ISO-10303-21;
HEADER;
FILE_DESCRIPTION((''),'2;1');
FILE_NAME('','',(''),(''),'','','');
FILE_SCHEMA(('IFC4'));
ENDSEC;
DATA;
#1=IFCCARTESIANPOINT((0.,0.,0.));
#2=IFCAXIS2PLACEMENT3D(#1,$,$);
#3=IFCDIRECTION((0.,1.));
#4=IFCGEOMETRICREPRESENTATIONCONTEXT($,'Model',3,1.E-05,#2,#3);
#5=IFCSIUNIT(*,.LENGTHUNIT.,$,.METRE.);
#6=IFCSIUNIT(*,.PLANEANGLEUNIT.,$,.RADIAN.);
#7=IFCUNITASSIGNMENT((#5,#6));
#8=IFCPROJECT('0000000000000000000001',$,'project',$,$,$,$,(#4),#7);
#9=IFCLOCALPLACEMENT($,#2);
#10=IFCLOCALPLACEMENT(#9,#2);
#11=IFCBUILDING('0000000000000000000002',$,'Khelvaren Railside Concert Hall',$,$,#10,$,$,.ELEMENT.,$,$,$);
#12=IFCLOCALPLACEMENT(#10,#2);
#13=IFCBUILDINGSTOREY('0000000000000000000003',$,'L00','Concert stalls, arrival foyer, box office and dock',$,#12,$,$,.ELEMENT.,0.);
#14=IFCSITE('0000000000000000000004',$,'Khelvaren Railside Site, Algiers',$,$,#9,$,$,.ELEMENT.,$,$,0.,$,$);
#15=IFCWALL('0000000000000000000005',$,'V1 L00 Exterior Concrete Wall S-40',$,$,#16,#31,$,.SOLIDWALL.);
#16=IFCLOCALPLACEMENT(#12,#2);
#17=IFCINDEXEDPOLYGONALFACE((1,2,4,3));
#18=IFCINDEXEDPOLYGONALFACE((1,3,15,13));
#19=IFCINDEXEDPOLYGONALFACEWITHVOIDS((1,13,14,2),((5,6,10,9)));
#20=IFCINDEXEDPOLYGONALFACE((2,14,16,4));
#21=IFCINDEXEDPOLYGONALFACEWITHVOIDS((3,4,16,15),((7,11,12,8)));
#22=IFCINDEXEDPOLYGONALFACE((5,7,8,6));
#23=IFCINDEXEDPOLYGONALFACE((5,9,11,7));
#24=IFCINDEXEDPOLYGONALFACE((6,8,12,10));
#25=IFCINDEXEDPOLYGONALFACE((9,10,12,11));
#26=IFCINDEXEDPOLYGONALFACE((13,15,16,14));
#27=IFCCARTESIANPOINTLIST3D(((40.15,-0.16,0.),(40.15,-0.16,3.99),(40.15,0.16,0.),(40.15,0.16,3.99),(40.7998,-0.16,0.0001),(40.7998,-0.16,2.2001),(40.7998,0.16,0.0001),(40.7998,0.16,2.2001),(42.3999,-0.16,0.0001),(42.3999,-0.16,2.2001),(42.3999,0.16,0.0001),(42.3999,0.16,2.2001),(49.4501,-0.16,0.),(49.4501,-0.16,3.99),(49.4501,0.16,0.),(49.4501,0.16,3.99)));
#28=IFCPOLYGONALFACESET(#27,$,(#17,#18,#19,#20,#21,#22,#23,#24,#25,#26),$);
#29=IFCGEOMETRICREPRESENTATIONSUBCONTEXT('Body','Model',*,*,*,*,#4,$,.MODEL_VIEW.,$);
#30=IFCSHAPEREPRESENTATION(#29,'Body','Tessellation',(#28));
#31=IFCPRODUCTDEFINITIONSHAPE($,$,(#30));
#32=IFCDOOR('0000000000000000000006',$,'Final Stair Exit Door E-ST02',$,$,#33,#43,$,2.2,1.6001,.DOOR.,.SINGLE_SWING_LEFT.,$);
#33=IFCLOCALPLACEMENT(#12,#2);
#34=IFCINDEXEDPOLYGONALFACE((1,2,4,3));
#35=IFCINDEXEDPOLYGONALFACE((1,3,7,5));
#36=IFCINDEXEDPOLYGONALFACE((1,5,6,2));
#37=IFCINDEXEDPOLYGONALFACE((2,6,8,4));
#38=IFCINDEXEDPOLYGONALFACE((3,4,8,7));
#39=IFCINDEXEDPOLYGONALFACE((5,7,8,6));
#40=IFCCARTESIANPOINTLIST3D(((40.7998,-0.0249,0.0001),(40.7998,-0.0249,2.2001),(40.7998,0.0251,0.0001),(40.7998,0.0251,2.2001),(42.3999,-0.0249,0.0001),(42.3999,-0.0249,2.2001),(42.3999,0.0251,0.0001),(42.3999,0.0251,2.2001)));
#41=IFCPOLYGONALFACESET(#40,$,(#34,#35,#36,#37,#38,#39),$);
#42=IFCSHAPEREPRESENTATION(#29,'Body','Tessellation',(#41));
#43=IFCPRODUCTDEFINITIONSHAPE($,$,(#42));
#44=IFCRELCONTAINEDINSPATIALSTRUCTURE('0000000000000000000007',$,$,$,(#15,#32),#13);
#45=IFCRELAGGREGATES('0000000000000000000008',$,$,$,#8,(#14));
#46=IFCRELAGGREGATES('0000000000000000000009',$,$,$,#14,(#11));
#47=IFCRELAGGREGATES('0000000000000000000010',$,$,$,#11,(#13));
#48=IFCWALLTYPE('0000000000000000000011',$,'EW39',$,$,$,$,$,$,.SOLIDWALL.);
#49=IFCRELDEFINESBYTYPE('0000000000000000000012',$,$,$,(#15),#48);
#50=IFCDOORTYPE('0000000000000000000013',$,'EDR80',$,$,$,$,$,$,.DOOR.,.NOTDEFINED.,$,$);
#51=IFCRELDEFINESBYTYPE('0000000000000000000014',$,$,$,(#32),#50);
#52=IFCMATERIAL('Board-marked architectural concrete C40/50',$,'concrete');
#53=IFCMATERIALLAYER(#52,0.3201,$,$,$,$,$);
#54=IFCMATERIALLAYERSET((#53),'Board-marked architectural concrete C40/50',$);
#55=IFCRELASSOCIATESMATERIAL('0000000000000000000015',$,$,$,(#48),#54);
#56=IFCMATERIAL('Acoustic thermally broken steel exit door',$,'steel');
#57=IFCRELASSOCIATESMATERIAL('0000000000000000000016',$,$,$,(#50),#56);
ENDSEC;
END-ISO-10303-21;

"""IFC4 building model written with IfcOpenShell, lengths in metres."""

from ifc_helpers import new_model, si_unit, direction, frame, frame_2d, origin, place, context, subcontext, project, spatial, rectangle, extrude, material, layer, layer_set, type_object, element, fill, save


model = new_model("IFC4")

# Units and contexts
model_context = context("Model", 3, precision=1e-05, world=origin(), true_north=direction((0.0, 1.0)))
body_context = subcontext(model_context, "Body", "Model", "MODEL_VIEW")
ifc_project = project(units=[si_unit("LENGTHUNIT", "METRE"), si_unit("PLANEANGLEUNIT", "RADIAN")], contexts=[model_context])

# Site, building, storey
site_placement = place(None, origin())
site = spatial("IfcSite", under=ifc_project, at=site_placement, Name="Khelvaren Railside Site, Algiers", CompositionType="ELEMENT", RefElevation=0.0)
building_placement = place(site_placement, origin())
building = spatial("IfcBuilding", under=site, at=building_placement, Name="Khelvaren Railside Concert Hall", CompositionType="ELEMENT")
storey_placement = place(building_placement, origin())
storey = spatial("IfcBuildingStorey", under=building, at=storey_placement, Name="L00", Description="Concert stalls, arrival foyer, box office and dock", CompositionType="ELEMENT", Elevation=0.0)

# Wall, opening, door
ifc_material_1 = material(Name="Board-marked architectural concrete C40/50", Category="concrete")
ifc_layer_1 = layer(ifc_material_1, 0.3201)
ifc_layer_set_1 = layer_set([ifc_layer_1], Name="Board-marked architectural concrete C40/50")
wall_type_1 = type_object("IfcWallType", Name="EW39", PredefinedType="SOLIDWALL", material=ifc_layer_set_1)
wall_1_placement = place(storey_placement, frame((49.45, 0.0, 0.0), z_axis=(0.0, 0.0, 1.0), x_axis=(-1.0, 0.0, 0.0)))
wall_1 = element("IfcWall", 1, at=wall_1_placement, inside=storey, type_object=wall_type_1, Name="V1 L00 Exterior Concrete Wall S-40", PredefinedType="SOLIDWALL", context=body_context, shape_type="SweptSolid", body=[
    extrude(rectangle(XDim=9.3, YDim=0.3201, at=frame_2d((4.6499, 0.0))), origin(), (0.0, 0.0, 1.0), 3.99),
])
opening_1_placement = place(wall_1_placement, frame((7.05, 0.0, 0.0)))
opening_1 = element("IfcOpeningElement", 2, at=opening_1_placement, cuts=wall_1, PredefinedType="OPENING", context=body_context, shape_type="SweptSolid", body=[
    extrude(rectangle(XDim=1.6001, YDim=2.2, at=frame_2d((0.8, 1.1001))), frame((0.0, 0.1699, 0.0), z_axis=(0.0, -1.0, 0.0), x_axis=(1.0, 0.0, 0.0)), (0.0, 0.0, 1.0), 0.3401),
])
ifc_material_2 = material(Name="Acoustic thermally broken steel exit door", Category="steel")
door_type_1 = type_object("IfcDoorType", Name="EDR80", OperationType="NOTDEFINED", PredefinedType="DOOR", material=ifc_material_2)
door_1_placement = place(opening_1_placement, origin())
door_1 = element("IfcDoor", 3, at=door_1_placement, inside=storey, type_object=door_type_1, Name="Final Stair Exit Door E-ST02", OperationType="SINGLE_SWING_LEFT", OverallHeight=2.2, OverallWidth=1.6001, PredefinedType="DOOR", context=body_context, shape_type="SweptSolid", body=[
    extrude(rectangle(XDim=1.6001, YDim=2.2, at=frame_2d((0.8, 1.1001))), frame((0.0, 0.0249, 0.0), z_axis=(0.0, -1.0, 0.0), x_axis=(1.0, 0.0, 0.0)), (0.0, 0.0, 1.0), 0.05),
])
fill(opening_1, door_1)

save(model, "model.ifc")
